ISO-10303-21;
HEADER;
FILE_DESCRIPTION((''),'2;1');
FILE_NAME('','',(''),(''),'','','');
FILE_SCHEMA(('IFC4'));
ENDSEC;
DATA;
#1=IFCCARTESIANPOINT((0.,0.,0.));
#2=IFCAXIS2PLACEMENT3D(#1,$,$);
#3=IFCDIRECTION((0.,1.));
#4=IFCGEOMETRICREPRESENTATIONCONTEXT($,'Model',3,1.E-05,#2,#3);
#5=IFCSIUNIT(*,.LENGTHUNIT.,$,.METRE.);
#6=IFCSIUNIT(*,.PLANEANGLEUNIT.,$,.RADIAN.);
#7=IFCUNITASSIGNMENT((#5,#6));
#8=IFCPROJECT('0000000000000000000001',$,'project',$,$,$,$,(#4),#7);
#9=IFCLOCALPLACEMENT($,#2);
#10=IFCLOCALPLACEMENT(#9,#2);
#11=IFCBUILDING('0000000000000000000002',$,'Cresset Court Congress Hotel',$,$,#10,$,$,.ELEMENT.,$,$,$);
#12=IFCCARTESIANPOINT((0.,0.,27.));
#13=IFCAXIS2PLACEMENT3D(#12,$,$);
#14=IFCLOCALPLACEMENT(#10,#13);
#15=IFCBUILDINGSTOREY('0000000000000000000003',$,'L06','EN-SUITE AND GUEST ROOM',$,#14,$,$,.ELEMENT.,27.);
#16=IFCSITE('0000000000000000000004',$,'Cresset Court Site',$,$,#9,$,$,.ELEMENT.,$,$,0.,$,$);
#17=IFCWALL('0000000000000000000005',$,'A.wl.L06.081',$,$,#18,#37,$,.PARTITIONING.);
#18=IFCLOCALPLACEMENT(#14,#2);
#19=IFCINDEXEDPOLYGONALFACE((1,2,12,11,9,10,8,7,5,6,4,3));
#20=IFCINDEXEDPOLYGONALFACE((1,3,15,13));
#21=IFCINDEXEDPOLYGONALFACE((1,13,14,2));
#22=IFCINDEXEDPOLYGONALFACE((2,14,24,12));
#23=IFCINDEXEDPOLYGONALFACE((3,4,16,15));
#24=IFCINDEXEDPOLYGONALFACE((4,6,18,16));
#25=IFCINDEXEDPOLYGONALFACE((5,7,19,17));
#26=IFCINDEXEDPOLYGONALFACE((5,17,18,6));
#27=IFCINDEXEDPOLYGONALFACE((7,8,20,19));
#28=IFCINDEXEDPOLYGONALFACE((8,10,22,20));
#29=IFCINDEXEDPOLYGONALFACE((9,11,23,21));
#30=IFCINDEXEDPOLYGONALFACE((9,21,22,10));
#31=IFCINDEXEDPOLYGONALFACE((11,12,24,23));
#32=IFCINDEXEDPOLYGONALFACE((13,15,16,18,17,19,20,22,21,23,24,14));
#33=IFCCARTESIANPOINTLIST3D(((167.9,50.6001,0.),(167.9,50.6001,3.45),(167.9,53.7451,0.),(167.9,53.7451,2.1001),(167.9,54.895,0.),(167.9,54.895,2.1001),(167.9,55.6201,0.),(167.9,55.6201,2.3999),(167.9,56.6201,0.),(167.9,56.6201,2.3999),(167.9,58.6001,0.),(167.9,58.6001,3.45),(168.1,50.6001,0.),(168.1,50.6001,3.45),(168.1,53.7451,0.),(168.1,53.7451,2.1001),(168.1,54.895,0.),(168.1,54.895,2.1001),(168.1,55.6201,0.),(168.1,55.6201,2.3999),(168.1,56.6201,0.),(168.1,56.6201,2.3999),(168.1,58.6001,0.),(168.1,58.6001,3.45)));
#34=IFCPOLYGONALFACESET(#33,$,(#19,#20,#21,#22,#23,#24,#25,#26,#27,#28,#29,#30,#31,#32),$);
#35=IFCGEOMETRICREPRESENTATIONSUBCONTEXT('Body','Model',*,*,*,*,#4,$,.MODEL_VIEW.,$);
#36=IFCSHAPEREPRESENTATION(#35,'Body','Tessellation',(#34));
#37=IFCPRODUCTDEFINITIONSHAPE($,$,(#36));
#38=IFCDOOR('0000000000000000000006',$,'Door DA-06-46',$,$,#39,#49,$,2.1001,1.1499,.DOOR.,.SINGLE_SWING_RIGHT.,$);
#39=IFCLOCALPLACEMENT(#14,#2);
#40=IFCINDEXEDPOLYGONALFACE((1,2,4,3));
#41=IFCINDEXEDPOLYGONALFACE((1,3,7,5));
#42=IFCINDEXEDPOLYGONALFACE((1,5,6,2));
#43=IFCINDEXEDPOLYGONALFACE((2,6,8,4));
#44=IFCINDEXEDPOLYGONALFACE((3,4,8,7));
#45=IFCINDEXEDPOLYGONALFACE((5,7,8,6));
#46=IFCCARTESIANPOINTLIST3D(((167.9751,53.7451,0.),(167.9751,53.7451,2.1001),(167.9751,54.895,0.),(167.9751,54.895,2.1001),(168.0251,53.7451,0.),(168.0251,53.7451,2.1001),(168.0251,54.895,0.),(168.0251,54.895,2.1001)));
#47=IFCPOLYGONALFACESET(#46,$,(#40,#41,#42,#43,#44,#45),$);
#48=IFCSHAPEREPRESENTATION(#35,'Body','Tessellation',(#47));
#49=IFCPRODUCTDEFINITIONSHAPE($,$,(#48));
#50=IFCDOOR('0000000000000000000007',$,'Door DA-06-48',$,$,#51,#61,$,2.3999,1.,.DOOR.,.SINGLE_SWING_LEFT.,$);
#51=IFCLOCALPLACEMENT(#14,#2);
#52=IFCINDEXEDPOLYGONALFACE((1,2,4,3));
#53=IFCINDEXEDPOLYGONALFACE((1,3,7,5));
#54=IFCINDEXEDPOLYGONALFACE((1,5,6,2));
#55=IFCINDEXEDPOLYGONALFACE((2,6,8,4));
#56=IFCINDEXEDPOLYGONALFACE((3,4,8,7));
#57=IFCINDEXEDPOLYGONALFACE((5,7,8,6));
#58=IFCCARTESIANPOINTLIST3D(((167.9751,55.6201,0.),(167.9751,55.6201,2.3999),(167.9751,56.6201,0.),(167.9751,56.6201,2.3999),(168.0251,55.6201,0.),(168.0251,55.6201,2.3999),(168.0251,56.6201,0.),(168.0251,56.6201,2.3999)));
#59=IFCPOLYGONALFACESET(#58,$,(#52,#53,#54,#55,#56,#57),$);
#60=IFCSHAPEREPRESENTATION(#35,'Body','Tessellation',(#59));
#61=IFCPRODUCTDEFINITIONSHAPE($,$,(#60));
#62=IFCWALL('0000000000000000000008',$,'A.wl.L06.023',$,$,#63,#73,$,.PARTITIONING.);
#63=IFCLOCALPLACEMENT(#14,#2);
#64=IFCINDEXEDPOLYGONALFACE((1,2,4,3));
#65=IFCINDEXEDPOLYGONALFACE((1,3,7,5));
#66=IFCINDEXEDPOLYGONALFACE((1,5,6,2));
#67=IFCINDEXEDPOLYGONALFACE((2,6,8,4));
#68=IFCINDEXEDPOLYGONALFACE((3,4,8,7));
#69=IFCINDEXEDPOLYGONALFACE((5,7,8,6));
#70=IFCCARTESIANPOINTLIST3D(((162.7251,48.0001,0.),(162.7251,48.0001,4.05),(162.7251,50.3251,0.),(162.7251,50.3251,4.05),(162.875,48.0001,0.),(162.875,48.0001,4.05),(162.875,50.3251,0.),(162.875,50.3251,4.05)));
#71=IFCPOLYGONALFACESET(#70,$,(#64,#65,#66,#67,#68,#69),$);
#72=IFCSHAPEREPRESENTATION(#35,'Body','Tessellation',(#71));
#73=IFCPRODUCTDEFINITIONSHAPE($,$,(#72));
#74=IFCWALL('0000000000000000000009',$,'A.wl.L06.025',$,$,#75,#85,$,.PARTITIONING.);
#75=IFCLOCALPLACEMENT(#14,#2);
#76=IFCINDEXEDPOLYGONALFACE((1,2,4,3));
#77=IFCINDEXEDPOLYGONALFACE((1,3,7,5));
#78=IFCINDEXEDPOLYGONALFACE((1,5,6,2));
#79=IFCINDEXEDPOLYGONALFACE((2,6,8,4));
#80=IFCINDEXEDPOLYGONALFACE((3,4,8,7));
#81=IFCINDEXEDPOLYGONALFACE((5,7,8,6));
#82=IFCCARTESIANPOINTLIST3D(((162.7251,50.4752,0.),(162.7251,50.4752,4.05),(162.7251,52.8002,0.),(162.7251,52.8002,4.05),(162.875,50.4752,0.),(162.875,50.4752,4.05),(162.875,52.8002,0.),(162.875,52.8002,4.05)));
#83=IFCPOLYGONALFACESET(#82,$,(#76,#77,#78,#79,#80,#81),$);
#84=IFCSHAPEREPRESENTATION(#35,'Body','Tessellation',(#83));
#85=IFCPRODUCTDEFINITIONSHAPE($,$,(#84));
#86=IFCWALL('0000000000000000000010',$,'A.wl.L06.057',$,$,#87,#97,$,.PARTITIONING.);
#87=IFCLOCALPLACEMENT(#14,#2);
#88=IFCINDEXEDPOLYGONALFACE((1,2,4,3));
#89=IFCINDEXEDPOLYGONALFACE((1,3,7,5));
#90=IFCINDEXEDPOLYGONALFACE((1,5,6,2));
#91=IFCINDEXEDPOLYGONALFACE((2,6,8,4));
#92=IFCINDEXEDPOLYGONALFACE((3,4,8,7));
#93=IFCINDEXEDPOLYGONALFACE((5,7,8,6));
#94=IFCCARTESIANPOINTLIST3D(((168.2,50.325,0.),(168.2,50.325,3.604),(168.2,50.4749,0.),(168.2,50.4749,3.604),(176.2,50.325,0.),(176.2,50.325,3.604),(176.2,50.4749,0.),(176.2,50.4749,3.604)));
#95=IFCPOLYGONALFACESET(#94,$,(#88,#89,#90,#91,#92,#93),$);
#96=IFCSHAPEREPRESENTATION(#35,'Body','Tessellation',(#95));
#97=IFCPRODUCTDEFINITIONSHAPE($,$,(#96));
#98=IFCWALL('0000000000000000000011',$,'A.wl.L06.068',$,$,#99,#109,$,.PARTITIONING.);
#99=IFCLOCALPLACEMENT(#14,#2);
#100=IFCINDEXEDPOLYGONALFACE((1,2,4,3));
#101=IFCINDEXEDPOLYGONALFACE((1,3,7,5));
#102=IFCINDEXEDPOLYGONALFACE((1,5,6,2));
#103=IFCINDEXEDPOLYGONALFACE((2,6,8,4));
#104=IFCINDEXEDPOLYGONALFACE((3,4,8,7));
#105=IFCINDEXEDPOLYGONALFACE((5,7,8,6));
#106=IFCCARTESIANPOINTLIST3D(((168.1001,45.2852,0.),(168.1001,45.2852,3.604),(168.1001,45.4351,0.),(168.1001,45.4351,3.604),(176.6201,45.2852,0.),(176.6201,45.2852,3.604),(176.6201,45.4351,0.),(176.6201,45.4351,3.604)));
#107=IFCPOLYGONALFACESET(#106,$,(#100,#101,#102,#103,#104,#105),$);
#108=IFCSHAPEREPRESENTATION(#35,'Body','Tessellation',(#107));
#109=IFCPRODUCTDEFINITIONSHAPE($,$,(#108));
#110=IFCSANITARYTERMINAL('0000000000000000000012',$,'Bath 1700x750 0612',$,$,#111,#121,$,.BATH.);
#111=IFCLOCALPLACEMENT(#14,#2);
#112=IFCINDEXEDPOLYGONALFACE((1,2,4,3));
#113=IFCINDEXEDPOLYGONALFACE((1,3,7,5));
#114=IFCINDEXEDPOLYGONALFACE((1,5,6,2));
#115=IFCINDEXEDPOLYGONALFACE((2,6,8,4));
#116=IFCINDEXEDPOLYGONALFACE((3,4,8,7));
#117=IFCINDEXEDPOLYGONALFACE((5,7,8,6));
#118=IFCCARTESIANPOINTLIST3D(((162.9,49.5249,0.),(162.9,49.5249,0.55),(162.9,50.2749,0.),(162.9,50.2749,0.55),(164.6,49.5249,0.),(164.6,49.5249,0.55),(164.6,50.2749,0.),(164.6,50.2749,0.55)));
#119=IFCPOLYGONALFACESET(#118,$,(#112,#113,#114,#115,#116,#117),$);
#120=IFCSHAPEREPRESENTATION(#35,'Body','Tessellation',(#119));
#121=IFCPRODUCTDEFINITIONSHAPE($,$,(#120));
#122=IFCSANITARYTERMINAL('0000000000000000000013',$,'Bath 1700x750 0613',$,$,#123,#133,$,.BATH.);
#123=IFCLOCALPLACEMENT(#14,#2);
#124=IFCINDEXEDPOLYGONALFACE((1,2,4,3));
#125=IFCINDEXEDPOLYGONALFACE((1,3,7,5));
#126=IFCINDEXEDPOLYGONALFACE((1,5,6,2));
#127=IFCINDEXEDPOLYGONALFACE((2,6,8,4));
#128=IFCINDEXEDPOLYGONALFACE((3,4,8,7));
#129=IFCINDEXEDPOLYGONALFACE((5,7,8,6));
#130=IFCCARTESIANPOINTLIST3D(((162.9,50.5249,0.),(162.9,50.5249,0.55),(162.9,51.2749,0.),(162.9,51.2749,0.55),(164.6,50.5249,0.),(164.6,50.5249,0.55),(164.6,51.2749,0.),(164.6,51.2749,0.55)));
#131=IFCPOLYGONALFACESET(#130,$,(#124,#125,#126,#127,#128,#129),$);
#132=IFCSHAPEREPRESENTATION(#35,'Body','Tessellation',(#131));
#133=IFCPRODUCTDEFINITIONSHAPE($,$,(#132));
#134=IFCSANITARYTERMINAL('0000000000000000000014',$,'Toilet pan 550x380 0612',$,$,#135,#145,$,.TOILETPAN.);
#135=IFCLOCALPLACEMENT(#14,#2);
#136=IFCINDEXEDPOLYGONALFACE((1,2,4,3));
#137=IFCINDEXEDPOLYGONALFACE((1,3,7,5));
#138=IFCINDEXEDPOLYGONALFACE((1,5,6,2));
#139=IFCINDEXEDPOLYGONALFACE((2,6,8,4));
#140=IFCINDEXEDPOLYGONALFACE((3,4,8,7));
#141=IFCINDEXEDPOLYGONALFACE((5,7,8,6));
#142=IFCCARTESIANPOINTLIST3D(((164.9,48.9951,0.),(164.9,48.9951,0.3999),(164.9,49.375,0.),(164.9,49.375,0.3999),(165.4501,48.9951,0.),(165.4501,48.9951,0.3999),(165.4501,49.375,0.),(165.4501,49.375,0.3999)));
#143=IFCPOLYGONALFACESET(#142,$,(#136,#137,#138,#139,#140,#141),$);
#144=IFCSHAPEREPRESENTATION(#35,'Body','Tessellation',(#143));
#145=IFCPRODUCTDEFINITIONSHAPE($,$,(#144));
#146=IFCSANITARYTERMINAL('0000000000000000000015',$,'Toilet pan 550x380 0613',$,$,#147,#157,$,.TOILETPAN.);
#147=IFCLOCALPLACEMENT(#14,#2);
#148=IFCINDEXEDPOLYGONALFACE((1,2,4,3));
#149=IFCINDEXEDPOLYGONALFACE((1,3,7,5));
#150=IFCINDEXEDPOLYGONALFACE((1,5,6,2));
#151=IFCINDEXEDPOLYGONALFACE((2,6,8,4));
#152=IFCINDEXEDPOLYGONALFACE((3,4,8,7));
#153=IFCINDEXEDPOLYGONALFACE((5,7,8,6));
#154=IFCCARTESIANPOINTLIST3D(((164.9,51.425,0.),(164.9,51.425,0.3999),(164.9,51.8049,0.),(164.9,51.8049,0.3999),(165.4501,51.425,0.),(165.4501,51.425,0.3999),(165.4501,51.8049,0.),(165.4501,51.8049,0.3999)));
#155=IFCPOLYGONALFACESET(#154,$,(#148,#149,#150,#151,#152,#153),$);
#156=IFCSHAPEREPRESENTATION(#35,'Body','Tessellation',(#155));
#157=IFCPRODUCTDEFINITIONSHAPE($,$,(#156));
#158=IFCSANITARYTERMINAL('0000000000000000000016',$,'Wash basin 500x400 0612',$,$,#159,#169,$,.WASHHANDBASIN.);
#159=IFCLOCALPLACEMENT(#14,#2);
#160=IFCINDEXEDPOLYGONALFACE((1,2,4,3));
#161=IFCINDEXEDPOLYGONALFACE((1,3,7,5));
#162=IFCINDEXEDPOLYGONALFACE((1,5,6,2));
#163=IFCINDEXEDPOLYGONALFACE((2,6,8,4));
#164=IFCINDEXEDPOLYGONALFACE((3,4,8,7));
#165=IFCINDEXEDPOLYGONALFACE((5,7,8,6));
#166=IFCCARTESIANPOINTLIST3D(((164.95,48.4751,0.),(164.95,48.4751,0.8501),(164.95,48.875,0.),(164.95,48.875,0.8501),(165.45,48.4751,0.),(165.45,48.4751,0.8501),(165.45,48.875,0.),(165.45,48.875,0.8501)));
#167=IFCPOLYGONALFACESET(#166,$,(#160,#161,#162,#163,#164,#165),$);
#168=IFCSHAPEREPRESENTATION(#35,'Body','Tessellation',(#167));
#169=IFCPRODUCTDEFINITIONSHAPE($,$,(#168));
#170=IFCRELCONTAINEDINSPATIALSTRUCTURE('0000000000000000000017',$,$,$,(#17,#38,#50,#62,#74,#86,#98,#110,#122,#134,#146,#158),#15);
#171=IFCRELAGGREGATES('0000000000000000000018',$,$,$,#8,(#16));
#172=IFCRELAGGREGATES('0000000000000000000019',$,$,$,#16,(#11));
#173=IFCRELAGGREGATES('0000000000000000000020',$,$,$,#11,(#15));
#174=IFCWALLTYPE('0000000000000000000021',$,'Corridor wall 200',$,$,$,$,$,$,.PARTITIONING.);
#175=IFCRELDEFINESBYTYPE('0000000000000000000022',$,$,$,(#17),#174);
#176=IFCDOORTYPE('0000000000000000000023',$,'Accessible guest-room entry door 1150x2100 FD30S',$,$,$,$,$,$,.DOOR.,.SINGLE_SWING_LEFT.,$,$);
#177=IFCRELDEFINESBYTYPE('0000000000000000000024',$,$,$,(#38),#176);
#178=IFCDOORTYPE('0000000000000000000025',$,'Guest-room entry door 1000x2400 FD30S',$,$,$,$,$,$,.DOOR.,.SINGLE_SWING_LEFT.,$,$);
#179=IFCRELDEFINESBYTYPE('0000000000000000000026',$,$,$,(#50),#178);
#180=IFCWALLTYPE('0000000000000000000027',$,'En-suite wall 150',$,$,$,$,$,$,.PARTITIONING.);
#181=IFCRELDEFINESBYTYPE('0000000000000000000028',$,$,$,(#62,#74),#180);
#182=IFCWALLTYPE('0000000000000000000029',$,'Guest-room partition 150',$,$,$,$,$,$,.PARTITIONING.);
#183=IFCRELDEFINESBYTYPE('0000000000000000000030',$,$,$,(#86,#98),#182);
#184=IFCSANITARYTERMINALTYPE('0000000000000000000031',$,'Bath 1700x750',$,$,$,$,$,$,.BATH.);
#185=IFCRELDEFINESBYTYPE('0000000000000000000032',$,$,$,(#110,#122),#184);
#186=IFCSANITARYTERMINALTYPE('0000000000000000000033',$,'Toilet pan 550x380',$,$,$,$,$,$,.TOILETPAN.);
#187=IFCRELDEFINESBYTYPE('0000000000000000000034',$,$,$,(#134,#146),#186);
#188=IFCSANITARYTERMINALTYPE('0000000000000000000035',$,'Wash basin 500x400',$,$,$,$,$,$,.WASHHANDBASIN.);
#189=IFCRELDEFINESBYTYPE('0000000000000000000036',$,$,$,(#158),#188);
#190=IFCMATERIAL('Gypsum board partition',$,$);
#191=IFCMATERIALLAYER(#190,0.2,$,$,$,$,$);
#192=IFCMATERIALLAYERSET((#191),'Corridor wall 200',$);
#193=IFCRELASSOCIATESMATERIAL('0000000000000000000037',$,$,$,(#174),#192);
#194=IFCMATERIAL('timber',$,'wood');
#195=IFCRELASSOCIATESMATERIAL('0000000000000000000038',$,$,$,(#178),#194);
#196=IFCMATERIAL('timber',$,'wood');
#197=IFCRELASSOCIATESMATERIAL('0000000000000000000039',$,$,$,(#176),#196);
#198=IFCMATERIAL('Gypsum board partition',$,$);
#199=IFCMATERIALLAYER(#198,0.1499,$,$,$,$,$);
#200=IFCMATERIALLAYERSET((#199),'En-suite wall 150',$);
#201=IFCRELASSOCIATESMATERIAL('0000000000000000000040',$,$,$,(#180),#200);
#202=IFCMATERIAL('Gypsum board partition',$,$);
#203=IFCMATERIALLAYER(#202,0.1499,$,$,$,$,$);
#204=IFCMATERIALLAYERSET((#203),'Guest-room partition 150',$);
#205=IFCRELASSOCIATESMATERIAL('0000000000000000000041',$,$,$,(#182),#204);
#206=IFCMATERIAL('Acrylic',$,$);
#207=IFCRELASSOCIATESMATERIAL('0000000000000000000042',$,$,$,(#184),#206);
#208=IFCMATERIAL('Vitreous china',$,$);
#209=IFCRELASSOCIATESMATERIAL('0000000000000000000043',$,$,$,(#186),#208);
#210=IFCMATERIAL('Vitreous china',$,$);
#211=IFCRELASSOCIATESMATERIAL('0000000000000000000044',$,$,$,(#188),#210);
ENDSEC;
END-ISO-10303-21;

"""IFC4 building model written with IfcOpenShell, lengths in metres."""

from ifc_helpers import new_model, si_unit, direction, frame, frame_2d, origin, origin_2d, place, context, subcontext, project, spatial, rectangle, extrude, material, layer, layer_set, type_object, element, fill, save


model = new_model("IFC4")

# Units and contexts
model_context = context("Model", 3, precision=1e-05, world=origin(), true_north=direction((0.0, 1.0)))
body_context = subcontext(model_context, "Body", "Model", "MODEL_VIEW")
ifc_project = project(units=[si_unit("LENGTHUNIT", "METRE"), si_unit("PLANEANGLEUNIT", "RADIAN")], contexts=[model_context])

# Site, building, storey
site_placement = place(None, origin())
site = spatial("IfcSite", under=ifc_project, at=site_placement, Name="Cresset Court Site", CompositionType="ELEMENT", RefElevation=0.0)
building_placement = place(site_placement, origin())
building = spatial("IfcBuilding", under=site, at=building_placement, Name="Cresset Court Congress Hotel", CompositionType="ELEMENT")
storey_placement = place(building_placement, frame((0.0, 0.0, 27.0)))
storey = spatial("IfcBuildingStorey", under=building, at=storey_placement, Name="L06", Description="EN-SUITE AND GUEST ROOM", CompositionType="ELEMENT", Elevation=27.0)

# Wall, openings, doors
ifc_material_1 = material(Name="Gypsum board partition")
ifc_layer_1 = layer(ifc_material_1, 0.2)
ifc_layer_set_1 = layer_set([ifc_layer_1], Name="Corridor wall 200")
wall_type_1 = type_object("IfcWallType", Name="Corridor wall 200", PredefinedType="PARTITIONING", material=ifc_layer_set_1)
ifc_material_2 = material(Name="timber", Category="wood")
door_type_1 = type_object("IfcDoorType", Name="Guest-room entry door 1000x2400 FD30S", OperationType="SINGLE_SWING_LEFT", PredefinedType="DOOR", material=ifc_material_2)
wall_1_placement = place(storey_placement, frame((168.0, 50.6001, 0.0), z_axis=(0.0, 0.0, 1.0), x_axis=(0.0, 1.0, 0.0)))
wall_1 = element("IfcWall", 1, at=wall_1_placement, inside=storey, type_object=wall_type_1, Name="A.wl.L06.081", PredefinedType="PARTITIONING", context=body_context, shape_type="SweptSolid", body=[
    extrude(rectangle(XDim=8.0, YDim=0.2, at=frame_2d((4.0, 0.0))), origin(), (0.0, 0.0, 1.0), 3.45),
])
opening_1_placement = place(wall_1_placement, frame((3.145, 0.0, 0.0)))
opening_1 = element("IfcOpeningElement", 2, at=opening_1_placement, cuts=wall_1, PredefinedType="OPENING", context=body_context, shape_type="SweptSolid", body=[
    extrude(rectangle(XDim=1.1499, YDim=2.1001, at=frame_2d((0.575, 1.05))), frame((0.0, 0.1099, 0.0), z_axis=(0.0, -1.0, 0.0), x_axis=(1.0, 0.0, 0.0)), (0.0, 0.0, 1.0), 0.22),
])
opening_2_placement = place(wall_1_placement, frame((5.02, 0.0, 0.0)))
opening_2 = element("IfcOpeningElement", 3, at=opening_2_placement, cuts=wall_1, PredefinedType="OPENING", context=body_context, shape_type="SweptSolid", body=[
    extrude(rectangle(XDim=1.0, YDim=2.3999, at=frame_2d((0.5, 1.2))), frame((0.0, 0.1099, 0.0), z_axis=(0.0, -1.0, 0.0), x_axis=(1.0, 0.0, 0.0)), (0.0, 0.0, 1.0), 0.22),
])
ifc_material_3 = material(Name="timber", Category="wood")
door_type_2 = type_object("IfcDoorType", Name="Accessible guest-room entry door 1150x2100 FD30S", OperationType="SINGLE_SWING_LEFT", PredefinedType="DOOR", material=ifc_material_3)
door_1_placement = place(opening_1_placement, origin())
door_1 = element("IfcDoor", 4, at=door_1_placement, inside=storey, type_object=door_type_2, Name="Door DA-06-46", OperationType="SINGLE_SWING_RIGHT", OverallHeight=2.1001, OverallWidth=1.1499, PredefinedType="DOOR", context=body_context, shape_type="SweptSolid", body=[
    extrude(rectangle(XDim=1.1499, YDim=2.1001, at=frame_2d((0.575, 1.05))), frame((0.0, 0.0249, 0.0), z_axis=(0.0, -1.0, 0.0), x_axis=(1.0, 0.0, 0.0)), (0.0, 0.0, 1.0), 0.05),
])
fill(opening_1, door_1)
door_2_placement = place(opening_2_placement, origin())
door_2 = element("IfcDoor", 5, at=door_2_placement, inside=storey, type_object=door_type_1, Name="Door DA-06-48", OperationType="SINGLE_SWING_LEFT", OverallHeight=2.3999, OverallWidth=1.0, PredefinedType="DOOR", context=body_context, shape_type="SweptSolid", body=[
    extrude(rectangle(XDim=1.0, YDim=2.3999, at=frame_2d((0.5, 1.2))), frame((0.0, 0.0249, 0.0), z_axis=(0.0, -1.0, 0.0), x_axis=(1.0, 0.0, 0.0)), (0.0, 0.0, 1.0), 0.05),
])
fill(opening_2, door_2)

# Walls
ifc_material_4 = material(Name="Gypsum board partition")
ifc_layer_2 = layer(ifc_material_4, 0.1499)
ifc_layer_set_2 = layer_set([ifc_layer_2], Name="En-suite wall 150")
wall_type_2 = type_object("IfcWallType", Name="En-suite wall 150", PredefinedType="PARTITIONING", material=ifc_layer_set_2)
for number, where, z_axis, x_axis, name in (
    (6, (162.8, 48.0, 0.0), (0.0, 0.0, 1.0), (0.0, 1.0, 0.0), "A.wl.L06.023"),
    (7, (162.8, 50.4751, 0.0), (0.0, 0.0, 1.0), (0.0, 1.0, 0.0), "A.wl.L06.025"),
):
    element("IfcWall", number, at=place(storey_placement, frame(where, z_axis=z_axis, x_axis=x_axis)), inside=storey, type_object=wall_type_2, Name=name, PredefinedType="PARTITIONING", context=body_context, shape_type="SweptSolid", body=[
        extrude(rectangle(XDim=2.325, YDim=0.1499, at=frame_2d((1.1626, 0.0))), origin(), (0.0, 0.0, 1.0), 4.05),
    ])
ifc_material_5 = material(Name="Gypsum board partition")
ifc_layer_3 = layer(ifc_material_5, 0.1499)
ifc_layer_set_3 = layer_set([ifc_layer_3], Name="Guest-room partition 150")
wall_type_3 = type_object("IfcWallType", Name="Guest-room partition 150", PredefinedType="PARTITIONING", material=ifc_layer_set_3)
wall_2_placement = place(storey_placement, frame((168.2, 50.3999, 0.0), z_axis=(0.0, 0.0, 1.0), x_axis=(1.0, 0.0, 0.0)))
element("IfcWall", 8, at=wall_2_placement, inside=storey, type_object=wall_type_3, Name="A.wl.L06.057", PredefinedType="PARTITIONING", context=body_context, shape_type="SweptSolid", body=[
    extrude(rectangle(XDim=8.0, YDim=0.1499, at=frame_2d((4.0, 0.0))), origin(), (0.0, 0.0, 1.0), 3.604),
])
wall_3_placement = place(storey_placement, frame((168.1001, 45.3601, 0.0), z_axis=(0.0, 0.0, 1.0), x_axis=(1.0, 0.0, 0.0)))
element("IfcWall", 9, at=wall_3_placement, inside=storey, type_object=wall_type_3, Name="A.wl.L06.068", PredefinedType="PARTITIONING", context=body_context, shape_type="SweptSolid", body=[
    extrude(rectangle(XDim=8.52, YDim=0.1499, at=frame_2d((4.26, 0.0))), origin(), (0.0, 0.0, 1.0), 3.604),
])

# Sanitary terminals
ifc_material_6 = material(Name="Acrylic")
sanitary_terminal_type_1 = type_object("IfcSanitaryTerminalType", Name="Bath 1700x750", PredefinedType="BATH", material=ifc_material_6)
for number, where, z_axis, x_axis, name in (
    (10, (163.75, 49.8999, 0.0), (0.0, 0.0, 1.0), (1.0, 0.0, 0.0), "Bath 1700x750 0612"),
    (11, (163.75, 50.8999, 0.0), (0.0, 0.0, 1.0), (1.0, 0.0, 0.0), "Bath 1700x750 0613"),
):
    element("IfcSanitaryTerminal", number, at=place(storey_placement, frame(where, z_axis=z_axis, x_axis=x_axis)), inside=storey, type_object=sanitary_terminal_type_1, Name=name, PredefinedType="BATH", context=body_context, shape_type="SweptSolid", body=[
        extrude(rectangle(XDim=1.7, YDim=0.75, at=origin_2d()), origin(), (0.0, 0.0, 1.0), 0.55),
    ])
ifc_material_7 = material(Name="Vitreous china")
sanitary_terminal_type_2 = type_object("IfcSanitaryTerminalType", Name="Toilet pan 550x380", PredefinedType="TOILETPAN", material=ifc_material_7)
for number, where, z_axis, x_axis, name in (
    (12, (165.175, 49.1851, 0.0), (0.0, 0.0, 1.0), (1.0, 0.0, 0.0), "Toilet pan 550x380 0612"),
    (13, (165.175, 51.615, 0.0), (0.0, 0.0, 1.0), (1.0, 0.0, 0.0), "Toilet pan 550x380 0613"),
):
    element("IfcSanitaryTerminal", number, at=place(storey_placement, frame(where, z_axis=z_axis, x_axis=x_axis)), inside=storey, type_object=sanitary_terminal_type_2, Name=name, PredefinedType="TOILETPAN", context=body_context, shape_type="SweptSolid", body=[
        extrude(rectangle(XDim=0.55, YDim=0.3799, at=origin_2d()), origin(), (0.0, 0.0, 1.0), 0.3999),
    ])
ifc_material_8 = material(Name="Vitreous china")
sanitary_terminal_type_3 = type_object("IfcSanitaryTerminalType", Name="Wash basin 500x400", PredefinedType="WASHHANDBASIN", material=ifc_material_8)
sanitary_terminal_placement = place(storey_placement, frame((165.2, 48.675, 0.0), z_axis=(0.0, 0.0, 1.0), x_axis=(1.0, 0.0, 0.0)))
element("IfcSanitaryTerminal", 14, at=sanitary_terminal_placement, inside=storey, type_object=sanitary_terminal_type_3, Name="Wash basin 500x400 0612", PredefinedType="WASHHANDBASIN", context=body_context, shape_type="SweptSolid", body=[
    extrude(rectangle(XDim=0.5, YDim=0.3999, at=origin_2d()), origin(), (0.0, 0.0, 1.0), 0.8501),
])

save(model, "model.ifc")
